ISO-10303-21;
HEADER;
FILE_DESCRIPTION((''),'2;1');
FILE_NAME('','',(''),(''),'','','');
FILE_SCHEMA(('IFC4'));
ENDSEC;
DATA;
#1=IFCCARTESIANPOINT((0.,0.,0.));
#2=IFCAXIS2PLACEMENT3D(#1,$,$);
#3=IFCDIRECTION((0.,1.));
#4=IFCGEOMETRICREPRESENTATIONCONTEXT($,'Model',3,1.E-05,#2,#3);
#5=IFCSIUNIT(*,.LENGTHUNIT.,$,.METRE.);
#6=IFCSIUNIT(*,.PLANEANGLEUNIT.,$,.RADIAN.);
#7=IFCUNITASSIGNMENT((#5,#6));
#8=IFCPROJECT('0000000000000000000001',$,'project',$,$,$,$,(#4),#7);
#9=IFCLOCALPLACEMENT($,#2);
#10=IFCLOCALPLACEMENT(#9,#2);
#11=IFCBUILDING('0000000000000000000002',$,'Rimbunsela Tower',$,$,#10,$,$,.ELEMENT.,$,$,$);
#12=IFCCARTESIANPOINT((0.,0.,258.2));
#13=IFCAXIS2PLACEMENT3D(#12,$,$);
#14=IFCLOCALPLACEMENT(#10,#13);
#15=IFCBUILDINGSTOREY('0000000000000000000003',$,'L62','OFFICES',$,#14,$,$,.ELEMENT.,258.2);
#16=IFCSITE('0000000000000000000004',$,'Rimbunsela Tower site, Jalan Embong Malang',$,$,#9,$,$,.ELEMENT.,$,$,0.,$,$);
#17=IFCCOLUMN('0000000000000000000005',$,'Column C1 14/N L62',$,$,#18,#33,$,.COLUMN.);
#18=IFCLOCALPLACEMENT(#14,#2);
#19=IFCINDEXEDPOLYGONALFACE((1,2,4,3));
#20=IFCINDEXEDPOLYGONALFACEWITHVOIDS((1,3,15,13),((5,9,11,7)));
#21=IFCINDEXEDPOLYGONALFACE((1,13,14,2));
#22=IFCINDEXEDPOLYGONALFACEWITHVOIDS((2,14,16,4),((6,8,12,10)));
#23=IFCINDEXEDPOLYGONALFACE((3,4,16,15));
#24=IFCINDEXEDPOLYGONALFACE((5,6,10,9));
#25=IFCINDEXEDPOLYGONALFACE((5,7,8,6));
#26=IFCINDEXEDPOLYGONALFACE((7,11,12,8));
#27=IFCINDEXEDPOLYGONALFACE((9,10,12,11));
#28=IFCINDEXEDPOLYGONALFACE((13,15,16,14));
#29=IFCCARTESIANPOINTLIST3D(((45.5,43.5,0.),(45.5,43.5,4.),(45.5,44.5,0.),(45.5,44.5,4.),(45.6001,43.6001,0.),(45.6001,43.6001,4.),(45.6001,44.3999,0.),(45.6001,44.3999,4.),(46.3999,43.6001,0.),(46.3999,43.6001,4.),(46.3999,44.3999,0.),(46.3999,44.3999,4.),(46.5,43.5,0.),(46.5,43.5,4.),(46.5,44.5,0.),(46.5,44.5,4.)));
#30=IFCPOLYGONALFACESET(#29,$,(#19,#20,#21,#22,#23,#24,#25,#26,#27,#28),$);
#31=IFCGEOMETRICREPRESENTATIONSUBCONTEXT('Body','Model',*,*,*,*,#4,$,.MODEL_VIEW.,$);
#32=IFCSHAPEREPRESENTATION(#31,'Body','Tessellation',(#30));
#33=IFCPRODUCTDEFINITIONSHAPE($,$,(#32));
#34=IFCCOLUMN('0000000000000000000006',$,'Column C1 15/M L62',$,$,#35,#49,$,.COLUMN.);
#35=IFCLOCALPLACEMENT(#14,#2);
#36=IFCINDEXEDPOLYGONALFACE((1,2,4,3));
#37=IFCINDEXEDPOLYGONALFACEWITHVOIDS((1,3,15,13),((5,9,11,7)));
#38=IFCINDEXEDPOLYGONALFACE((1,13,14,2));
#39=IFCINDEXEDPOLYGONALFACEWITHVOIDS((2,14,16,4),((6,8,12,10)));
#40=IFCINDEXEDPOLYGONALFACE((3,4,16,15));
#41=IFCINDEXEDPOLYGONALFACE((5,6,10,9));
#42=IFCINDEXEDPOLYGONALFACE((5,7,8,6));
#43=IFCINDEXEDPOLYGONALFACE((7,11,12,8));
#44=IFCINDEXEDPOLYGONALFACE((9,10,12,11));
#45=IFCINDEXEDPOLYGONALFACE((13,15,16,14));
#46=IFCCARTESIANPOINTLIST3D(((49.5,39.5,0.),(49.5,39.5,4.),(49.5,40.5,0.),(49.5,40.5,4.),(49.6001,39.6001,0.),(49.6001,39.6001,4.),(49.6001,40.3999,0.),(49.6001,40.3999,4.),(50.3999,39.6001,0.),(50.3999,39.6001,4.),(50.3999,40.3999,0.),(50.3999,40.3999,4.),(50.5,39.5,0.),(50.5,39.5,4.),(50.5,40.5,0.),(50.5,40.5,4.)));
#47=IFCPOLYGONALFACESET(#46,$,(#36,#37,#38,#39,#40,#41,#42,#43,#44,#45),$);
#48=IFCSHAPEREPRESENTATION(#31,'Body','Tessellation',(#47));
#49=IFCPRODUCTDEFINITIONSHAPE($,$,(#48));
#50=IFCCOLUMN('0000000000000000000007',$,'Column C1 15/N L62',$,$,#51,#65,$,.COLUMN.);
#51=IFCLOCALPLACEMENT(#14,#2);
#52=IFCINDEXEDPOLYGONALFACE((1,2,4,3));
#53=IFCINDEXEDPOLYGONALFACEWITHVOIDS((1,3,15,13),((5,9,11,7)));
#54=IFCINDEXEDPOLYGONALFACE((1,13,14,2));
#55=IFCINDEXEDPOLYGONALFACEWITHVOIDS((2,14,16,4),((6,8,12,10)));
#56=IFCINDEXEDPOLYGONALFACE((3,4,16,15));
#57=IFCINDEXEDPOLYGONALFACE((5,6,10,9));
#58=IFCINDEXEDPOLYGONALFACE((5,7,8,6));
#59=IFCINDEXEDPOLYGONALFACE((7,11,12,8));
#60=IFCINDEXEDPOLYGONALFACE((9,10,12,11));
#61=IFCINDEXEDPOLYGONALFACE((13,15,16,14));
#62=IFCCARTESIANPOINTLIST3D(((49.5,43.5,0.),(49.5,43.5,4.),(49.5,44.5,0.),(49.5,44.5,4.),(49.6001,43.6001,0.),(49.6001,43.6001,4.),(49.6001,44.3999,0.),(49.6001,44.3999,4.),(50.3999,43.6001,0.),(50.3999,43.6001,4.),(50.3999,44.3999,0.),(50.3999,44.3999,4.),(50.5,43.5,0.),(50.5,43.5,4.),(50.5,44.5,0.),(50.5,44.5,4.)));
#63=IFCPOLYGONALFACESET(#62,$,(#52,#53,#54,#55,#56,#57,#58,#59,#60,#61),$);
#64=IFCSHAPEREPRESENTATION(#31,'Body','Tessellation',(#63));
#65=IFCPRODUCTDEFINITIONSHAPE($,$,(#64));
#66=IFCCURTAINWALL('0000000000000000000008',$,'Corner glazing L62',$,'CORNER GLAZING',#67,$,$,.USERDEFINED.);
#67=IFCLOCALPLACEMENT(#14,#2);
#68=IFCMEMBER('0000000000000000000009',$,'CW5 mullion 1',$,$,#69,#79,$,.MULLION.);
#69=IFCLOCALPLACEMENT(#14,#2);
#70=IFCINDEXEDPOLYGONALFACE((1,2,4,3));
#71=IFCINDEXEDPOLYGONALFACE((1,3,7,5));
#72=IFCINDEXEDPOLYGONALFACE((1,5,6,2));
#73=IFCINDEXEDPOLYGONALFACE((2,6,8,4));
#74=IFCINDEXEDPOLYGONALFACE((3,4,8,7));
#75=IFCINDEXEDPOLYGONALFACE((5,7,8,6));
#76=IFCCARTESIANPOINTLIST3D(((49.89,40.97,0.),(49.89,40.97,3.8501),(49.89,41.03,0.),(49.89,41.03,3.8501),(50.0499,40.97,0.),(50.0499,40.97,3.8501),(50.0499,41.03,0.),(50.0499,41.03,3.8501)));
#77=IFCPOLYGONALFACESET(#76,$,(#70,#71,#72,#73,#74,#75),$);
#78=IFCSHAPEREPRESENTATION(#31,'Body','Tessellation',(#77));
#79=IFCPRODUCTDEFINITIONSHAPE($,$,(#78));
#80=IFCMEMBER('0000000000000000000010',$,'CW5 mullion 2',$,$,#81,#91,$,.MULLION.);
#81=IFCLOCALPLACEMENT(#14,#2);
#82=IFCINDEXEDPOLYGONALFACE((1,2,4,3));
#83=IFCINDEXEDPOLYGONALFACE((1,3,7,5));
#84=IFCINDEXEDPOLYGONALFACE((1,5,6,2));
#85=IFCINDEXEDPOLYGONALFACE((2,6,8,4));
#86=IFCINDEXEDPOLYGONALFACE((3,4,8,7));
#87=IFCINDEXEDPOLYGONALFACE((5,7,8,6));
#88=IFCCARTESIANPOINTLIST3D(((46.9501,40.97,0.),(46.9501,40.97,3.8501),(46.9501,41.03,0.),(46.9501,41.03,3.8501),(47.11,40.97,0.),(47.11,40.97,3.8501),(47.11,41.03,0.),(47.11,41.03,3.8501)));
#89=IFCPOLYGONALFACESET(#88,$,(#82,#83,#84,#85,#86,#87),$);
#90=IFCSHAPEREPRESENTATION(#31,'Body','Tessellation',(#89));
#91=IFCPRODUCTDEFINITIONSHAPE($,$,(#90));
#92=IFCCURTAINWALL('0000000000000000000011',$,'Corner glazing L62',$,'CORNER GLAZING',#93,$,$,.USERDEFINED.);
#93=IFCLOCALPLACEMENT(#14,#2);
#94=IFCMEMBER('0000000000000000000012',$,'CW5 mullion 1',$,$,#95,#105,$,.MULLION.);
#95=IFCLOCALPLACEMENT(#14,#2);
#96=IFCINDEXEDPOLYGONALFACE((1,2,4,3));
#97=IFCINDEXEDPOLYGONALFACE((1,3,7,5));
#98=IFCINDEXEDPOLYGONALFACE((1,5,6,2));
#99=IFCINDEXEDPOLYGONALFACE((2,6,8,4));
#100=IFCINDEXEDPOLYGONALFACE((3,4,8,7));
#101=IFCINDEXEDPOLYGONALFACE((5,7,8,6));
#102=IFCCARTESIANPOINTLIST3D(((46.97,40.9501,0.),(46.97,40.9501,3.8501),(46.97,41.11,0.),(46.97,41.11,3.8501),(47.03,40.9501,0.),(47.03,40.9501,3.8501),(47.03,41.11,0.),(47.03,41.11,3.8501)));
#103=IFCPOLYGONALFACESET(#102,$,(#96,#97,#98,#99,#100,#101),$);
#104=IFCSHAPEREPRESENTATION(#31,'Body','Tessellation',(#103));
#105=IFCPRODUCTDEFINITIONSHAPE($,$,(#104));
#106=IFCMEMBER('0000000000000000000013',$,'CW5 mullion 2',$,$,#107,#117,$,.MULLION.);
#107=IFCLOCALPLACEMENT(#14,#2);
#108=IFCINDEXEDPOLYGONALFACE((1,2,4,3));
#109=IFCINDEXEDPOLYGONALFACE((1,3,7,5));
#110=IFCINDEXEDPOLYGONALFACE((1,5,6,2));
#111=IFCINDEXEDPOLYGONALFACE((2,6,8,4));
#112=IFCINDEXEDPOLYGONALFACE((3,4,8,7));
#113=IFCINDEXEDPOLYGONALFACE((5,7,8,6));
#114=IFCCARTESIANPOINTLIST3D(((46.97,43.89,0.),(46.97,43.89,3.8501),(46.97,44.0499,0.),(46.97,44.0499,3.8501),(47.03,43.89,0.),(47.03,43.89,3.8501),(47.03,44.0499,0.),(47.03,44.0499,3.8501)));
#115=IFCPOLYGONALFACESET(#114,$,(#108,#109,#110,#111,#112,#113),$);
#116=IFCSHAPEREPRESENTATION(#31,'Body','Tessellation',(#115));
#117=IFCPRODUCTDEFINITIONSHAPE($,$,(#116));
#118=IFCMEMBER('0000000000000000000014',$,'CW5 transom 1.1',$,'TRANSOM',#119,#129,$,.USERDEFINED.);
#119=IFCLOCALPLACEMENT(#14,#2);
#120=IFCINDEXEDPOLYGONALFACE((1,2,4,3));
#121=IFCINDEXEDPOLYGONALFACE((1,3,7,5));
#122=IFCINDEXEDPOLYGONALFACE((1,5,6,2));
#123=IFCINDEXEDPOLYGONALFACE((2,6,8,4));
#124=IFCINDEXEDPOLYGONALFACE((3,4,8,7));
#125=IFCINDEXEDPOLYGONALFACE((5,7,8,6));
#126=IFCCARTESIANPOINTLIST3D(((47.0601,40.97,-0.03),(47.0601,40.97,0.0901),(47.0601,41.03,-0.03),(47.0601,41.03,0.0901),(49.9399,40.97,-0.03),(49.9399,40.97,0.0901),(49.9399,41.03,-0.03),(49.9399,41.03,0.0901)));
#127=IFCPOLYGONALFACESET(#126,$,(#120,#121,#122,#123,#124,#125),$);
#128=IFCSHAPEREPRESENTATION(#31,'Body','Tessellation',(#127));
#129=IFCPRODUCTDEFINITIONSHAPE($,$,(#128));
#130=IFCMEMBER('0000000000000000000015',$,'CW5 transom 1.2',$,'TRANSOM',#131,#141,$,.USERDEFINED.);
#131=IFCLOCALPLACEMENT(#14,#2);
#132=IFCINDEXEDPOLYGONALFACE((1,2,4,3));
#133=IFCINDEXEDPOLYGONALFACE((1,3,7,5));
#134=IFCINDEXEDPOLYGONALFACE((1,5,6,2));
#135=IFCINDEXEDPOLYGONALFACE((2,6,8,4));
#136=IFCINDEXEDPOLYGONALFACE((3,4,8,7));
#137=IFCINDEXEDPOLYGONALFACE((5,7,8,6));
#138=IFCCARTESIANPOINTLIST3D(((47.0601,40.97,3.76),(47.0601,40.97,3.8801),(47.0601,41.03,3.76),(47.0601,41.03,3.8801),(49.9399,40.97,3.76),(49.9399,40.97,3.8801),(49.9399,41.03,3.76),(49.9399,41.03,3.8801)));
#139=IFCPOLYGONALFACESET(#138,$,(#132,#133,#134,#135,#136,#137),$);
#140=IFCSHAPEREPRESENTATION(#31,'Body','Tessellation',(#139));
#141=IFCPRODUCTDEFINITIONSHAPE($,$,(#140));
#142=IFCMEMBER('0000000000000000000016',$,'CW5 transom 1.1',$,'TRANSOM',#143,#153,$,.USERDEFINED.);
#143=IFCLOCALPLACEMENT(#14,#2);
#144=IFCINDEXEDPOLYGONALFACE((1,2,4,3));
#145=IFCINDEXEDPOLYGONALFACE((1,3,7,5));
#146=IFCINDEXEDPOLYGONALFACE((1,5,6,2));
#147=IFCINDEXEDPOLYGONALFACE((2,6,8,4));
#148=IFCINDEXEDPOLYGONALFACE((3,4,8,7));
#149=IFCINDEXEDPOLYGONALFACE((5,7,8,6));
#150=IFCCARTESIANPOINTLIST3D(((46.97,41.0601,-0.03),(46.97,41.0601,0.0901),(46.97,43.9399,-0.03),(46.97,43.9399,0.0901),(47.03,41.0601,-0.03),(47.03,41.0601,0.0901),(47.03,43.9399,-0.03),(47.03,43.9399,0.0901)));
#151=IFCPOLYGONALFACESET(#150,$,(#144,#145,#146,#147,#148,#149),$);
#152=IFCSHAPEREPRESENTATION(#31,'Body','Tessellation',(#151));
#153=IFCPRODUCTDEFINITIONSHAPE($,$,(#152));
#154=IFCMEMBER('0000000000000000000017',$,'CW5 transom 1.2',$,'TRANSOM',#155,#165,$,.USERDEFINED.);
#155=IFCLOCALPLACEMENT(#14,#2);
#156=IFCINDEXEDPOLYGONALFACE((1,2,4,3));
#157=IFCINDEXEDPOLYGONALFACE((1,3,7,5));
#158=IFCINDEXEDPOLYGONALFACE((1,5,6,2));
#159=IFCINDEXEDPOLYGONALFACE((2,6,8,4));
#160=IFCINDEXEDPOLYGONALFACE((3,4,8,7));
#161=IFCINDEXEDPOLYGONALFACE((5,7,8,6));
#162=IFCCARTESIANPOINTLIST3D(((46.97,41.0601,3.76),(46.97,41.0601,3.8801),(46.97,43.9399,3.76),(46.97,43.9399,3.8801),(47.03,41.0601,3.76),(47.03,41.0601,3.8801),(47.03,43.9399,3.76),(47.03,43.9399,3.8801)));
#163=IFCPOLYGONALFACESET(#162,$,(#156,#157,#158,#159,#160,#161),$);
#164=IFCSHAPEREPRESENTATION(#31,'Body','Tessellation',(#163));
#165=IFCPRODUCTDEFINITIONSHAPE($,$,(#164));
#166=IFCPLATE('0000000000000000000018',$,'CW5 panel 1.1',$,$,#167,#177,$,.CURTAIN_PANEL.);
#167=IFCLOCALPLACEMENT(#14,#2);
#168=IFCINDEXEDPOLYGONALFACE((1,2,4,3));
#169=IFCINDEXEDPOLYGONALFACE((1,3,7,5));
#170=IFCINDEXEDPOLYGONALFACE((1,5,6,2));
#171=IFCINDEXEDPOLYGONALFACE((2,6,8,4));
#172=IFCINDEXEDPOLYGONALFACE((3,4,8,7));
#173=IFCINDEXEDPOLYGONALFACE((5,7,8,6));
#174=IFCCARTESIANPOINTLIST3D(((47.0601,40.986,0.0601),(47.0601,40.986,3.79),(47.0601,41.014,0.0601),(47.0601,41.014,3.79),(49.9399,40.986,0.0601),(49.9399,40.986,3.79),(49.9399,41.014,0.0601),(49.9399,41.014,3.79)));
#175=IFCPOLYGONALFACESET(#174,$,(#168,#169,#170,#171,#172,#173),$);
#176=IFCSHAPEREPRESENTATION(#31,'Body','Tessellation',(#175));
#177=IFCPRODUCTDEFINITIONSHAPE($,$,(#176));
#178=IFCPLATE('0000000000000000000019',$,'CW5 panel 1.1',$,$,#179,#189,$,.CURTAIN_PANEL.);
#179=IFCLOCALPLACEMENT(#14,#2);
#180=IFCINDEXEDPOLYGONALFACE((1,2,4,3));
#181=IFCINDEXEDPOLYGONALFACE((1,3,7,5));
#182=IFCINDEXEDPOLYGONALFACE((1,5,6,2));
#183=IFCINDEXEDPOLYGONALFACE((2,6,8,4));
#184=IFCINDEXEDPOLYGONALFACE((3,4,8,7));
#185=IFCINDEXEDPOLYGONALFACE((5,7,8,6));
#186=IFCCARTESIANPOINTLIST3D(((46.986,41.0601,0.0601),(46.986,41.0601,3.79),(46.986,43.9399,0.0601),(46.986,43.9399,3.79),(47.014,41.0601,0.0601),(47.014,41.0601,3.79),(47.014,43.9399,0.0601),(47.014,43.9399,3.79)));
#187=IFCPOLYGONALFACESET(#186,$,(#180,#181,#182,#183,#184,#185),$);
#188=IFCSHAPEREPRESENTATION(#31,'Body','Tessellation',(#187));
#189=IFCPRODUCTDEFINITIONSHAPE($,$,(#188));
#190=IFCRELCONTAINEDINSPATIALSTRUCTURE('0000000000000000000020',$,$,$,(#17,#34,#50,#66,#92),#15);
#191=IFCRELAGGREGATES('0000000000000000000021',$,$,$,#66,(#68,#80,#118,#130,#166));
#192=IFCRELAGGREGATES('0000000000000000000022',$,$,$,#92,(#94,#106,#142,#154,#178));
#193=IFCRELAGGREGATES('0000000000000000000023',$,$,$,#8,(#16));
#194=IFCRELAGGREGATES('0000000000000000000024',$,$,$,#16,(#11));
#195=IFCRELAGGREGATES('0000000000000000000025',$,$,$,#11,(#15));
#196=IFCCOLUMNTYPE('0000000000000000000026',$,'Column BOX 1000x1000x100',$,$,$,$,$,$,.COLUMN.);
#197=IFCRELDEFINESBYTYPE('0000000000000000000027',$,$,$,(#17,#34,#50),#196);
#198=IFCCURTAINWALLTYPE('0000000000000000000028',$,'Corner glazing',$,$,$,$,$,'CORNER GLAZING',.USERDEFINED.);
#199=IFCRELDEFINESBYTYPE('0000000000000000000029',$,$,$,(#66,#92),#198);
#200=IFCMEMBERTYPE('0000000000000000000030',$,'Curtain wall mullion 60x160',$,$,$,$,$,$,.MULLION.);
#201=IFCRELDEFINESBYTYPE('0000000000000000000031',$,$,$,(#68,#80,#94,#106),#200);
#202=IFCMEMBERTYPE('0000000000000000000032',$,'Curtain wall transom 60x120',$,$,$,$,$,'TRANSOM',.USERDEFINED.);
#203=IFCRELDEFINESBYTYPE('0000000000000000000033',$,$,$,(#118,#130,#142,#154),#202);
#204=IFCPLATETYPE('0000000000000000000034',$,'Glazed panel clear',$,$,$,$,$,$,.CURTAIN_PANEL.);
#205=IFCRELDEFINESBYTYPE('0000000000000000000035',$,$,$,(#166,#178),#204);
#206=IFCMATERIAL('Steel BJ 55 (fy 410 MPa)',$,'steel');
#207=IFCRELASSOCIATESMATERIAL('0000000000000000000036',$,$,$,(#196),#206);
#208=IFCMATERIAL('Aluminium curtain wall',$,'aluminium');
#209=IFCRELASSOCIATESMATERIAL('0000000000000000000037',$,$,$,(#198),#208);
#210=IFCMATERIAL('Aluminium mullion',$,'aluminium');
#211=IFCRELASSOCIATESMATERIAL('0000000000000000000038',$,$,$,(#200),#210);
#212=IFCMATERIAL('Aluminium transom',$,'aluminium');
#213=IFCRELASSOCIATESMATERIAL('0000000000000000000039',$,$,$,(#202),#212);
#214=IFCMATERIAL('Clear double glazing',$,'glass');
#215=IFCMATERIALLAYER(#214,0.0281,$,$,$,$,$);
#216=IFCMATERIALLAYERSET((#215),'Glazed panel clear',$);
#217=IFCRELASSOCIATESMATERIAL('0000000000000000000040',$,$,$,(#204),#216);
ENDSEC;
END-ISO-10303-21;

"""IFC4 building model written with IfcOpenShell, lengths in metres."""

from ifc_helpers import new_model, si_unit, direction, frame, origin, origin_2d, place, context, subcontext, project, spatial, rectangle, hollow_rectangle, extrude, material, layer, layer_set, material_profile, profile_set, type_object, element, aggregate, save


model = new_model("IFC4")

# Units and contexts
model_context = context("Model", 3, precision=1e-05, world=origin(), true_north=direction((0.0, 1.0)))
body_context = subcontext(model_context, "Body", "Model", "MODEL_VIEW")
ifc_project = project(units=[si_unit("LENGTHUNIT", "METRE"), si_unit("PLANEANGLEUNIT", "RADIAN")], contexts=[model_context])

# Site, building, storey
site_placement = place(None, origin())
site = spatial("IfcSite", under=ifc_project, at=site_placement, Name="Rimbunsela Tower site, Jalan Embong Malang", CompositionType="ELEMENT", RefElevation=0.0)
building_placement = place(site_placement, origin())
building = spatial("IfcBuilding", under=site, at=building_placement, Name="Rimbunsela Tower", CompositionType="ELEMENT")
storey_placement = place(building_placement, frame((0.0, 0.0, 258.2)))
storey = spatial("IfcBuildingStorey", under=building, at=storey_placement, Name="L62", Description="OFFICES", CompositionType="ELEMENT", Elevation=258.2)

# Columns
ifc_material_1 = material(Name="Steel BJ 55 (fy 410 MPa)", Category="steel")
ifc_material_profile_1 = material_profile(ifc_material_1, hollow_rectangle(XDim=1.0, YDim=1.0, WallThickness=0.1001, at=origin_2d()), Name="BOX 1000x1000x100")
ifc_profile_set_1 = profile_set([ifc_material_profile_1], Name="Steel BJ 55 (fy 410 MPa)")
column_type = type_object("IfcColumnType", Name="Column BOX 1000x1000x100", PredefinedType="COLUMN", material=ifc_profile_set_1)
for number, where, z_axis, x_axis, name in (
    (1, (46.0, 44.0, 0.0), (0.0, 0.0, 1.0), (1.0, 0.0, 0.0), "Column C1 14/N L62"),
    (2, (50.0, 40.0, 0.0), (0.0, 0.0, 1.0), (1.0, 0.0, 0.0), "Column C1 15/M L62"),
    (3, (50.0, 44.0, 0.0), (0.0, 0.0, 1.0), (1.0, 0.0, 0.0), "Column C1 15/N L62"),
):
    element("IfcColumn", number, at=place(storey_placement, frame(where, z_axis=z_axis, x_axis=x_axis)), inside=storey, type_object=column_type, Name=name, PredefinedType="COLUMN", context=body_context, shape_type="SweptSolid", body=[
        extrude(hollow_rectangle(XDim=1.0, YDim=1.0, WallThickness=0.1001, at=origin_2d()), origin(), (0.0, 0.0, 1.0), 4.0),
    ])

# Curtain walls, members
ifc_material_2 = material(Name="Aluminium curtain wall", Category="aluminium")
curtain_wall_type = type_object("IfcCurtainWallType", Name="Corner glazing", ElementType="CORNER GLAZING", PredefinedType="USERDEFINED", material=ifc_material_2)
curtain_wall_1_placement = place(storey_placement, origin())
curtain_wall_1 = element("IfcCurtainWall", 4, at=curtain_wall_1_placement, inside=storey, type_object=curtain_wall_type, Name="Corner glazing L62", ObjectType="CORNER GLAZING", PredefinedType="USERDEFINED")
ifc_material_3 = material(Name="Aluminium mullion", Category="aluminium")
ifc_material_profile_2 = material_profile(ifc_material_3, rectangle(XDim=0.0601, YDim=0.1599, at=origin_2d()), Name="Mullion 60x160")
ifc_profile_set_2 = profile_set([ifc_material_profile_2], Name="Aluminium mullion")
member_type_1 = type_object("IfcMemberType", Name="Curtain wall mullion 60x160", PredefinedType="MULLION", material=ifc_profile_set_2)
member_1_placement = place(storey_placement, frame((49.97, 41.0, 0.0), z_axis=(0.0, 0.0, 1.0), x_axis=(0.0, -1.0, 0.0)))
member_1 = element("IfcMember", 5, at=member_1_placement, type_object=member_type_1, Name="CW5 mullion 1", PredefinedType="MULLION", context=body_context, shape_type="SweptSolid", body=[
    extrude(rectangle(XDim=0.0601, YDim=0.1599, at=origin_2d()), origin(), (0.0, 0.0, 1.0), 3.8501),
])
member_2_placement = place(storey_placement, frame((47.03, 41.0, 0.0), z_axis=(0.0, 0.0, 1.0), x_axis=(0.0, -1.0, 0.0)))
member_2 = element("IfcMember", 6, at=member_2_placement, type_object=member_type_1, Name="CW5 mullion 2", PredefinedType="MULLION", context=body_context, shape_type="SweptSolid", body=[
    extrude(rectangle(XDim=0.0601, YDim=0.1599, at=origin_2d()), origin(), (0.0, 0.0, 1.0), 3.8501),
])
curtain_wall_2_placement = place(storey_placement, origin())
curtain_wall_2 = element("IfcCurtainWall", 7, at=curtain_wall_2_placement, inside=storey, type_object=curtain_wall_type, Name="Corner glazing L62", ObjectType="CORNER GLAZING", PredefinedType="USERDEFINED")
member_3_placement = place(storey_placement, frame((47.0, 41.03, 0.0), z_axis=(0.0, 0.0, 1.0), x_axis=(-1.0, 0.0, 0.0)))
member_3 = element("IfcMember", 8, at=member_3_placement, type_object=member_type_1, Name="CW5 mullion 1", PredefinedType="MULLION", context=body_context, shape_type="SweptSolid", body=[
    extrude(rectangle(XDim=0.0601, YDim=0.1599, at=origin_2d()), origin(), (0.0, 0.0, 1.0), 3.8501),
])
member_4_placement = place(storey_placement, frame((47.0, 43.97, 0.0), z_axis=(0.0, 0.0, 1.0), x_axis=(-1.0, 0.0, 0.0)))
member_4 = element("IfcMember", 9, at=member_4_placement, type_object=member_type_1, Name="CW5 mullion 2", PredefinedType="MULLION", context=body_context, shape_type="SweptSolid", body=[
    extrude(rectangle(XDim=0.0601, YDim=0.1599, at=origin_2d()), origin(), (0.0, 0.0, 1.0), 3.8501),
])

# Members
ifc_material_4 = material(Name="Aluminium transom", Category="aluminium")
ifc_material_profile_3 = material_profile(ifc_material_4, rectangle(XDim=0.0601, YDim=0.1201, at=origin_2d()), Name="Transom 60x120")
ifc_profile_set_3 = profile_set([ifc_material_profile_3], Name="Aluminium transom")
member_type_2 = type_object("IfcMemberType", Name="Curtain wall transom 60x120", ElementType="TRANSOM", PredefinedType="USERDEFINED", material=ifc_profile_set_3)
member_5_placement = place(storey_placement, frame((49.9399, 41.0, 0.03), z_axis=(-1.0, 0.0, 0.0), x_axis=(0.0, -1.0, 0.0)))
member_5 = element("IfcMember", 10, at=member_5_placement, type_object=member_type_2, Name="CW5 transom 1.1", ObjectType="TRANSOM", PredefinedType="USERDEFINED", context=body_context, shape_type="SweptSolid", body=[
    extrude(rectangle(XDim=0.0601, YDim=0.1201, at=origin_2d()), origin(), (0.0, 0.0, 1.0), 2.8799),
])
member_6_placement = place(storey_placement, frame((49.9399, 41.0, 3.8201), z_axis=(-1.0, 0.0, 0.0), x_axis=(0.0, -1.0, 0.0)))
member_6 = element("IfcMember", 11, at=member_6_placement, type_object=member_type_2, Name="CW5 transom 1.2", ObjectType="TRANSOM", PredefinedType="USERDEFINED", context=body_context, shape_type="SweptSolid", body=[
    extrude(rectangle(XDim=0.0601, YDim=0.1201, at=origin_2d()), origin(), (0.0, 0.0, 1.0), 2.8799),
])
member_7_placement = place(storey_placement, frame((47.0, 41.0601, 0.03), z_axis=(0.0, 1.0, 0.0), x_axis=(-1.0, 0.0, 0.0)))
member_7 = element("IfcMember", 12, at=member_7_placement, type_object=member_type_2, Name="CW5 transom 1.1", ObjectType="TRANSOM", PredefinedType="USERDEFINED", context=body_context, shape_type="SweptSolid", body=[
    extrude(rectangle(XDim=0.0601, YDim=0.1201, at=origin_2d()), origin(), (0.0, 0.0, 1.0), 2.8799),
])
member_8_placement = place(storey_placement, frame((47.0, 41.0601, 3.8201), z_axis=(0.0, 1.0, 0.0), x_axis=(-1.0, 0.0, 0.0)))
member_8 = element("IfcMember", 13, at=member_8_placement, type_object=member_type_2, Name="CW5 transom 1.2", ObjectType="TRANSOM", PredefinedType="USERDEFINED", context=body_context, shape_type="SweptSolid", body=[
    extrude(rectangle(XDim=0.0601, YDim=0.1201, at=origin_2d()), origin(), (0.0, 0.0, 1.0), 2.8799),
])

# Plates
ifc_material_5 = material(Name="Clear double glazing", Category="glass")
ifc_layer_1 = layer(ifc_material_5, 0.0281)
ifc_layer_set_1 = layer_set([ifc_layer_1], Name="Glazed panel clear")
plate_type = type_object("IfcPlateType", Name="Glazed panel clear", PredefinedType="CURTAIN_PANEL", material=ifc_layer_set_1)
plate_1_placement = place(storey_placement, frame((48.5, 41.0, 0.0601), z_axis=(0.0, 0.0, 1.0), x_axis=(-1.0, 0.0, 0.0)))
plate_1 = element("IfcPlate", 14, at=plate_1_placement, type_object=plate_type, Name="CW5 panel 1.1", PredefinedType="CURTAIN_PANEL", context=body_context, shape_type="SweptSolid", body=[
    extrude(rectangle(XDim=2.8799, YDim=0.0281, at=origin_2d()), origin(), (0.0, 0.0, 1.0), 3.73),
])
aggregate(curtain_wall_1, [member_1, member_2, member_5, member_6, plate_1])
plate_2_placement = place(storey_placement, frame((47.0, 42.5, 0.0601), z_axis=(0.0, 0.0, 1.0), x_axis=(0.0, 1.0, 0.0)))
plate_2 = element("IfcPlate", 15, at=plate_2_placement, type_object=plate_type, Name="CW5 panel 1.1", PredefinedType="CURTAIN_PANEL", context=body_context, shape_type="SweptSolid", body=[
    extrude(rectangle(XDim=2.8799, YDim=0.0281, at=origin_2d()), origin(), (0.0, 0.0, 1.0), 3.73),
])
aggregate(curtain_wall_2, [member_3, member_4, member_7, member_8, plate_2])

save(model, "model.ifc")
